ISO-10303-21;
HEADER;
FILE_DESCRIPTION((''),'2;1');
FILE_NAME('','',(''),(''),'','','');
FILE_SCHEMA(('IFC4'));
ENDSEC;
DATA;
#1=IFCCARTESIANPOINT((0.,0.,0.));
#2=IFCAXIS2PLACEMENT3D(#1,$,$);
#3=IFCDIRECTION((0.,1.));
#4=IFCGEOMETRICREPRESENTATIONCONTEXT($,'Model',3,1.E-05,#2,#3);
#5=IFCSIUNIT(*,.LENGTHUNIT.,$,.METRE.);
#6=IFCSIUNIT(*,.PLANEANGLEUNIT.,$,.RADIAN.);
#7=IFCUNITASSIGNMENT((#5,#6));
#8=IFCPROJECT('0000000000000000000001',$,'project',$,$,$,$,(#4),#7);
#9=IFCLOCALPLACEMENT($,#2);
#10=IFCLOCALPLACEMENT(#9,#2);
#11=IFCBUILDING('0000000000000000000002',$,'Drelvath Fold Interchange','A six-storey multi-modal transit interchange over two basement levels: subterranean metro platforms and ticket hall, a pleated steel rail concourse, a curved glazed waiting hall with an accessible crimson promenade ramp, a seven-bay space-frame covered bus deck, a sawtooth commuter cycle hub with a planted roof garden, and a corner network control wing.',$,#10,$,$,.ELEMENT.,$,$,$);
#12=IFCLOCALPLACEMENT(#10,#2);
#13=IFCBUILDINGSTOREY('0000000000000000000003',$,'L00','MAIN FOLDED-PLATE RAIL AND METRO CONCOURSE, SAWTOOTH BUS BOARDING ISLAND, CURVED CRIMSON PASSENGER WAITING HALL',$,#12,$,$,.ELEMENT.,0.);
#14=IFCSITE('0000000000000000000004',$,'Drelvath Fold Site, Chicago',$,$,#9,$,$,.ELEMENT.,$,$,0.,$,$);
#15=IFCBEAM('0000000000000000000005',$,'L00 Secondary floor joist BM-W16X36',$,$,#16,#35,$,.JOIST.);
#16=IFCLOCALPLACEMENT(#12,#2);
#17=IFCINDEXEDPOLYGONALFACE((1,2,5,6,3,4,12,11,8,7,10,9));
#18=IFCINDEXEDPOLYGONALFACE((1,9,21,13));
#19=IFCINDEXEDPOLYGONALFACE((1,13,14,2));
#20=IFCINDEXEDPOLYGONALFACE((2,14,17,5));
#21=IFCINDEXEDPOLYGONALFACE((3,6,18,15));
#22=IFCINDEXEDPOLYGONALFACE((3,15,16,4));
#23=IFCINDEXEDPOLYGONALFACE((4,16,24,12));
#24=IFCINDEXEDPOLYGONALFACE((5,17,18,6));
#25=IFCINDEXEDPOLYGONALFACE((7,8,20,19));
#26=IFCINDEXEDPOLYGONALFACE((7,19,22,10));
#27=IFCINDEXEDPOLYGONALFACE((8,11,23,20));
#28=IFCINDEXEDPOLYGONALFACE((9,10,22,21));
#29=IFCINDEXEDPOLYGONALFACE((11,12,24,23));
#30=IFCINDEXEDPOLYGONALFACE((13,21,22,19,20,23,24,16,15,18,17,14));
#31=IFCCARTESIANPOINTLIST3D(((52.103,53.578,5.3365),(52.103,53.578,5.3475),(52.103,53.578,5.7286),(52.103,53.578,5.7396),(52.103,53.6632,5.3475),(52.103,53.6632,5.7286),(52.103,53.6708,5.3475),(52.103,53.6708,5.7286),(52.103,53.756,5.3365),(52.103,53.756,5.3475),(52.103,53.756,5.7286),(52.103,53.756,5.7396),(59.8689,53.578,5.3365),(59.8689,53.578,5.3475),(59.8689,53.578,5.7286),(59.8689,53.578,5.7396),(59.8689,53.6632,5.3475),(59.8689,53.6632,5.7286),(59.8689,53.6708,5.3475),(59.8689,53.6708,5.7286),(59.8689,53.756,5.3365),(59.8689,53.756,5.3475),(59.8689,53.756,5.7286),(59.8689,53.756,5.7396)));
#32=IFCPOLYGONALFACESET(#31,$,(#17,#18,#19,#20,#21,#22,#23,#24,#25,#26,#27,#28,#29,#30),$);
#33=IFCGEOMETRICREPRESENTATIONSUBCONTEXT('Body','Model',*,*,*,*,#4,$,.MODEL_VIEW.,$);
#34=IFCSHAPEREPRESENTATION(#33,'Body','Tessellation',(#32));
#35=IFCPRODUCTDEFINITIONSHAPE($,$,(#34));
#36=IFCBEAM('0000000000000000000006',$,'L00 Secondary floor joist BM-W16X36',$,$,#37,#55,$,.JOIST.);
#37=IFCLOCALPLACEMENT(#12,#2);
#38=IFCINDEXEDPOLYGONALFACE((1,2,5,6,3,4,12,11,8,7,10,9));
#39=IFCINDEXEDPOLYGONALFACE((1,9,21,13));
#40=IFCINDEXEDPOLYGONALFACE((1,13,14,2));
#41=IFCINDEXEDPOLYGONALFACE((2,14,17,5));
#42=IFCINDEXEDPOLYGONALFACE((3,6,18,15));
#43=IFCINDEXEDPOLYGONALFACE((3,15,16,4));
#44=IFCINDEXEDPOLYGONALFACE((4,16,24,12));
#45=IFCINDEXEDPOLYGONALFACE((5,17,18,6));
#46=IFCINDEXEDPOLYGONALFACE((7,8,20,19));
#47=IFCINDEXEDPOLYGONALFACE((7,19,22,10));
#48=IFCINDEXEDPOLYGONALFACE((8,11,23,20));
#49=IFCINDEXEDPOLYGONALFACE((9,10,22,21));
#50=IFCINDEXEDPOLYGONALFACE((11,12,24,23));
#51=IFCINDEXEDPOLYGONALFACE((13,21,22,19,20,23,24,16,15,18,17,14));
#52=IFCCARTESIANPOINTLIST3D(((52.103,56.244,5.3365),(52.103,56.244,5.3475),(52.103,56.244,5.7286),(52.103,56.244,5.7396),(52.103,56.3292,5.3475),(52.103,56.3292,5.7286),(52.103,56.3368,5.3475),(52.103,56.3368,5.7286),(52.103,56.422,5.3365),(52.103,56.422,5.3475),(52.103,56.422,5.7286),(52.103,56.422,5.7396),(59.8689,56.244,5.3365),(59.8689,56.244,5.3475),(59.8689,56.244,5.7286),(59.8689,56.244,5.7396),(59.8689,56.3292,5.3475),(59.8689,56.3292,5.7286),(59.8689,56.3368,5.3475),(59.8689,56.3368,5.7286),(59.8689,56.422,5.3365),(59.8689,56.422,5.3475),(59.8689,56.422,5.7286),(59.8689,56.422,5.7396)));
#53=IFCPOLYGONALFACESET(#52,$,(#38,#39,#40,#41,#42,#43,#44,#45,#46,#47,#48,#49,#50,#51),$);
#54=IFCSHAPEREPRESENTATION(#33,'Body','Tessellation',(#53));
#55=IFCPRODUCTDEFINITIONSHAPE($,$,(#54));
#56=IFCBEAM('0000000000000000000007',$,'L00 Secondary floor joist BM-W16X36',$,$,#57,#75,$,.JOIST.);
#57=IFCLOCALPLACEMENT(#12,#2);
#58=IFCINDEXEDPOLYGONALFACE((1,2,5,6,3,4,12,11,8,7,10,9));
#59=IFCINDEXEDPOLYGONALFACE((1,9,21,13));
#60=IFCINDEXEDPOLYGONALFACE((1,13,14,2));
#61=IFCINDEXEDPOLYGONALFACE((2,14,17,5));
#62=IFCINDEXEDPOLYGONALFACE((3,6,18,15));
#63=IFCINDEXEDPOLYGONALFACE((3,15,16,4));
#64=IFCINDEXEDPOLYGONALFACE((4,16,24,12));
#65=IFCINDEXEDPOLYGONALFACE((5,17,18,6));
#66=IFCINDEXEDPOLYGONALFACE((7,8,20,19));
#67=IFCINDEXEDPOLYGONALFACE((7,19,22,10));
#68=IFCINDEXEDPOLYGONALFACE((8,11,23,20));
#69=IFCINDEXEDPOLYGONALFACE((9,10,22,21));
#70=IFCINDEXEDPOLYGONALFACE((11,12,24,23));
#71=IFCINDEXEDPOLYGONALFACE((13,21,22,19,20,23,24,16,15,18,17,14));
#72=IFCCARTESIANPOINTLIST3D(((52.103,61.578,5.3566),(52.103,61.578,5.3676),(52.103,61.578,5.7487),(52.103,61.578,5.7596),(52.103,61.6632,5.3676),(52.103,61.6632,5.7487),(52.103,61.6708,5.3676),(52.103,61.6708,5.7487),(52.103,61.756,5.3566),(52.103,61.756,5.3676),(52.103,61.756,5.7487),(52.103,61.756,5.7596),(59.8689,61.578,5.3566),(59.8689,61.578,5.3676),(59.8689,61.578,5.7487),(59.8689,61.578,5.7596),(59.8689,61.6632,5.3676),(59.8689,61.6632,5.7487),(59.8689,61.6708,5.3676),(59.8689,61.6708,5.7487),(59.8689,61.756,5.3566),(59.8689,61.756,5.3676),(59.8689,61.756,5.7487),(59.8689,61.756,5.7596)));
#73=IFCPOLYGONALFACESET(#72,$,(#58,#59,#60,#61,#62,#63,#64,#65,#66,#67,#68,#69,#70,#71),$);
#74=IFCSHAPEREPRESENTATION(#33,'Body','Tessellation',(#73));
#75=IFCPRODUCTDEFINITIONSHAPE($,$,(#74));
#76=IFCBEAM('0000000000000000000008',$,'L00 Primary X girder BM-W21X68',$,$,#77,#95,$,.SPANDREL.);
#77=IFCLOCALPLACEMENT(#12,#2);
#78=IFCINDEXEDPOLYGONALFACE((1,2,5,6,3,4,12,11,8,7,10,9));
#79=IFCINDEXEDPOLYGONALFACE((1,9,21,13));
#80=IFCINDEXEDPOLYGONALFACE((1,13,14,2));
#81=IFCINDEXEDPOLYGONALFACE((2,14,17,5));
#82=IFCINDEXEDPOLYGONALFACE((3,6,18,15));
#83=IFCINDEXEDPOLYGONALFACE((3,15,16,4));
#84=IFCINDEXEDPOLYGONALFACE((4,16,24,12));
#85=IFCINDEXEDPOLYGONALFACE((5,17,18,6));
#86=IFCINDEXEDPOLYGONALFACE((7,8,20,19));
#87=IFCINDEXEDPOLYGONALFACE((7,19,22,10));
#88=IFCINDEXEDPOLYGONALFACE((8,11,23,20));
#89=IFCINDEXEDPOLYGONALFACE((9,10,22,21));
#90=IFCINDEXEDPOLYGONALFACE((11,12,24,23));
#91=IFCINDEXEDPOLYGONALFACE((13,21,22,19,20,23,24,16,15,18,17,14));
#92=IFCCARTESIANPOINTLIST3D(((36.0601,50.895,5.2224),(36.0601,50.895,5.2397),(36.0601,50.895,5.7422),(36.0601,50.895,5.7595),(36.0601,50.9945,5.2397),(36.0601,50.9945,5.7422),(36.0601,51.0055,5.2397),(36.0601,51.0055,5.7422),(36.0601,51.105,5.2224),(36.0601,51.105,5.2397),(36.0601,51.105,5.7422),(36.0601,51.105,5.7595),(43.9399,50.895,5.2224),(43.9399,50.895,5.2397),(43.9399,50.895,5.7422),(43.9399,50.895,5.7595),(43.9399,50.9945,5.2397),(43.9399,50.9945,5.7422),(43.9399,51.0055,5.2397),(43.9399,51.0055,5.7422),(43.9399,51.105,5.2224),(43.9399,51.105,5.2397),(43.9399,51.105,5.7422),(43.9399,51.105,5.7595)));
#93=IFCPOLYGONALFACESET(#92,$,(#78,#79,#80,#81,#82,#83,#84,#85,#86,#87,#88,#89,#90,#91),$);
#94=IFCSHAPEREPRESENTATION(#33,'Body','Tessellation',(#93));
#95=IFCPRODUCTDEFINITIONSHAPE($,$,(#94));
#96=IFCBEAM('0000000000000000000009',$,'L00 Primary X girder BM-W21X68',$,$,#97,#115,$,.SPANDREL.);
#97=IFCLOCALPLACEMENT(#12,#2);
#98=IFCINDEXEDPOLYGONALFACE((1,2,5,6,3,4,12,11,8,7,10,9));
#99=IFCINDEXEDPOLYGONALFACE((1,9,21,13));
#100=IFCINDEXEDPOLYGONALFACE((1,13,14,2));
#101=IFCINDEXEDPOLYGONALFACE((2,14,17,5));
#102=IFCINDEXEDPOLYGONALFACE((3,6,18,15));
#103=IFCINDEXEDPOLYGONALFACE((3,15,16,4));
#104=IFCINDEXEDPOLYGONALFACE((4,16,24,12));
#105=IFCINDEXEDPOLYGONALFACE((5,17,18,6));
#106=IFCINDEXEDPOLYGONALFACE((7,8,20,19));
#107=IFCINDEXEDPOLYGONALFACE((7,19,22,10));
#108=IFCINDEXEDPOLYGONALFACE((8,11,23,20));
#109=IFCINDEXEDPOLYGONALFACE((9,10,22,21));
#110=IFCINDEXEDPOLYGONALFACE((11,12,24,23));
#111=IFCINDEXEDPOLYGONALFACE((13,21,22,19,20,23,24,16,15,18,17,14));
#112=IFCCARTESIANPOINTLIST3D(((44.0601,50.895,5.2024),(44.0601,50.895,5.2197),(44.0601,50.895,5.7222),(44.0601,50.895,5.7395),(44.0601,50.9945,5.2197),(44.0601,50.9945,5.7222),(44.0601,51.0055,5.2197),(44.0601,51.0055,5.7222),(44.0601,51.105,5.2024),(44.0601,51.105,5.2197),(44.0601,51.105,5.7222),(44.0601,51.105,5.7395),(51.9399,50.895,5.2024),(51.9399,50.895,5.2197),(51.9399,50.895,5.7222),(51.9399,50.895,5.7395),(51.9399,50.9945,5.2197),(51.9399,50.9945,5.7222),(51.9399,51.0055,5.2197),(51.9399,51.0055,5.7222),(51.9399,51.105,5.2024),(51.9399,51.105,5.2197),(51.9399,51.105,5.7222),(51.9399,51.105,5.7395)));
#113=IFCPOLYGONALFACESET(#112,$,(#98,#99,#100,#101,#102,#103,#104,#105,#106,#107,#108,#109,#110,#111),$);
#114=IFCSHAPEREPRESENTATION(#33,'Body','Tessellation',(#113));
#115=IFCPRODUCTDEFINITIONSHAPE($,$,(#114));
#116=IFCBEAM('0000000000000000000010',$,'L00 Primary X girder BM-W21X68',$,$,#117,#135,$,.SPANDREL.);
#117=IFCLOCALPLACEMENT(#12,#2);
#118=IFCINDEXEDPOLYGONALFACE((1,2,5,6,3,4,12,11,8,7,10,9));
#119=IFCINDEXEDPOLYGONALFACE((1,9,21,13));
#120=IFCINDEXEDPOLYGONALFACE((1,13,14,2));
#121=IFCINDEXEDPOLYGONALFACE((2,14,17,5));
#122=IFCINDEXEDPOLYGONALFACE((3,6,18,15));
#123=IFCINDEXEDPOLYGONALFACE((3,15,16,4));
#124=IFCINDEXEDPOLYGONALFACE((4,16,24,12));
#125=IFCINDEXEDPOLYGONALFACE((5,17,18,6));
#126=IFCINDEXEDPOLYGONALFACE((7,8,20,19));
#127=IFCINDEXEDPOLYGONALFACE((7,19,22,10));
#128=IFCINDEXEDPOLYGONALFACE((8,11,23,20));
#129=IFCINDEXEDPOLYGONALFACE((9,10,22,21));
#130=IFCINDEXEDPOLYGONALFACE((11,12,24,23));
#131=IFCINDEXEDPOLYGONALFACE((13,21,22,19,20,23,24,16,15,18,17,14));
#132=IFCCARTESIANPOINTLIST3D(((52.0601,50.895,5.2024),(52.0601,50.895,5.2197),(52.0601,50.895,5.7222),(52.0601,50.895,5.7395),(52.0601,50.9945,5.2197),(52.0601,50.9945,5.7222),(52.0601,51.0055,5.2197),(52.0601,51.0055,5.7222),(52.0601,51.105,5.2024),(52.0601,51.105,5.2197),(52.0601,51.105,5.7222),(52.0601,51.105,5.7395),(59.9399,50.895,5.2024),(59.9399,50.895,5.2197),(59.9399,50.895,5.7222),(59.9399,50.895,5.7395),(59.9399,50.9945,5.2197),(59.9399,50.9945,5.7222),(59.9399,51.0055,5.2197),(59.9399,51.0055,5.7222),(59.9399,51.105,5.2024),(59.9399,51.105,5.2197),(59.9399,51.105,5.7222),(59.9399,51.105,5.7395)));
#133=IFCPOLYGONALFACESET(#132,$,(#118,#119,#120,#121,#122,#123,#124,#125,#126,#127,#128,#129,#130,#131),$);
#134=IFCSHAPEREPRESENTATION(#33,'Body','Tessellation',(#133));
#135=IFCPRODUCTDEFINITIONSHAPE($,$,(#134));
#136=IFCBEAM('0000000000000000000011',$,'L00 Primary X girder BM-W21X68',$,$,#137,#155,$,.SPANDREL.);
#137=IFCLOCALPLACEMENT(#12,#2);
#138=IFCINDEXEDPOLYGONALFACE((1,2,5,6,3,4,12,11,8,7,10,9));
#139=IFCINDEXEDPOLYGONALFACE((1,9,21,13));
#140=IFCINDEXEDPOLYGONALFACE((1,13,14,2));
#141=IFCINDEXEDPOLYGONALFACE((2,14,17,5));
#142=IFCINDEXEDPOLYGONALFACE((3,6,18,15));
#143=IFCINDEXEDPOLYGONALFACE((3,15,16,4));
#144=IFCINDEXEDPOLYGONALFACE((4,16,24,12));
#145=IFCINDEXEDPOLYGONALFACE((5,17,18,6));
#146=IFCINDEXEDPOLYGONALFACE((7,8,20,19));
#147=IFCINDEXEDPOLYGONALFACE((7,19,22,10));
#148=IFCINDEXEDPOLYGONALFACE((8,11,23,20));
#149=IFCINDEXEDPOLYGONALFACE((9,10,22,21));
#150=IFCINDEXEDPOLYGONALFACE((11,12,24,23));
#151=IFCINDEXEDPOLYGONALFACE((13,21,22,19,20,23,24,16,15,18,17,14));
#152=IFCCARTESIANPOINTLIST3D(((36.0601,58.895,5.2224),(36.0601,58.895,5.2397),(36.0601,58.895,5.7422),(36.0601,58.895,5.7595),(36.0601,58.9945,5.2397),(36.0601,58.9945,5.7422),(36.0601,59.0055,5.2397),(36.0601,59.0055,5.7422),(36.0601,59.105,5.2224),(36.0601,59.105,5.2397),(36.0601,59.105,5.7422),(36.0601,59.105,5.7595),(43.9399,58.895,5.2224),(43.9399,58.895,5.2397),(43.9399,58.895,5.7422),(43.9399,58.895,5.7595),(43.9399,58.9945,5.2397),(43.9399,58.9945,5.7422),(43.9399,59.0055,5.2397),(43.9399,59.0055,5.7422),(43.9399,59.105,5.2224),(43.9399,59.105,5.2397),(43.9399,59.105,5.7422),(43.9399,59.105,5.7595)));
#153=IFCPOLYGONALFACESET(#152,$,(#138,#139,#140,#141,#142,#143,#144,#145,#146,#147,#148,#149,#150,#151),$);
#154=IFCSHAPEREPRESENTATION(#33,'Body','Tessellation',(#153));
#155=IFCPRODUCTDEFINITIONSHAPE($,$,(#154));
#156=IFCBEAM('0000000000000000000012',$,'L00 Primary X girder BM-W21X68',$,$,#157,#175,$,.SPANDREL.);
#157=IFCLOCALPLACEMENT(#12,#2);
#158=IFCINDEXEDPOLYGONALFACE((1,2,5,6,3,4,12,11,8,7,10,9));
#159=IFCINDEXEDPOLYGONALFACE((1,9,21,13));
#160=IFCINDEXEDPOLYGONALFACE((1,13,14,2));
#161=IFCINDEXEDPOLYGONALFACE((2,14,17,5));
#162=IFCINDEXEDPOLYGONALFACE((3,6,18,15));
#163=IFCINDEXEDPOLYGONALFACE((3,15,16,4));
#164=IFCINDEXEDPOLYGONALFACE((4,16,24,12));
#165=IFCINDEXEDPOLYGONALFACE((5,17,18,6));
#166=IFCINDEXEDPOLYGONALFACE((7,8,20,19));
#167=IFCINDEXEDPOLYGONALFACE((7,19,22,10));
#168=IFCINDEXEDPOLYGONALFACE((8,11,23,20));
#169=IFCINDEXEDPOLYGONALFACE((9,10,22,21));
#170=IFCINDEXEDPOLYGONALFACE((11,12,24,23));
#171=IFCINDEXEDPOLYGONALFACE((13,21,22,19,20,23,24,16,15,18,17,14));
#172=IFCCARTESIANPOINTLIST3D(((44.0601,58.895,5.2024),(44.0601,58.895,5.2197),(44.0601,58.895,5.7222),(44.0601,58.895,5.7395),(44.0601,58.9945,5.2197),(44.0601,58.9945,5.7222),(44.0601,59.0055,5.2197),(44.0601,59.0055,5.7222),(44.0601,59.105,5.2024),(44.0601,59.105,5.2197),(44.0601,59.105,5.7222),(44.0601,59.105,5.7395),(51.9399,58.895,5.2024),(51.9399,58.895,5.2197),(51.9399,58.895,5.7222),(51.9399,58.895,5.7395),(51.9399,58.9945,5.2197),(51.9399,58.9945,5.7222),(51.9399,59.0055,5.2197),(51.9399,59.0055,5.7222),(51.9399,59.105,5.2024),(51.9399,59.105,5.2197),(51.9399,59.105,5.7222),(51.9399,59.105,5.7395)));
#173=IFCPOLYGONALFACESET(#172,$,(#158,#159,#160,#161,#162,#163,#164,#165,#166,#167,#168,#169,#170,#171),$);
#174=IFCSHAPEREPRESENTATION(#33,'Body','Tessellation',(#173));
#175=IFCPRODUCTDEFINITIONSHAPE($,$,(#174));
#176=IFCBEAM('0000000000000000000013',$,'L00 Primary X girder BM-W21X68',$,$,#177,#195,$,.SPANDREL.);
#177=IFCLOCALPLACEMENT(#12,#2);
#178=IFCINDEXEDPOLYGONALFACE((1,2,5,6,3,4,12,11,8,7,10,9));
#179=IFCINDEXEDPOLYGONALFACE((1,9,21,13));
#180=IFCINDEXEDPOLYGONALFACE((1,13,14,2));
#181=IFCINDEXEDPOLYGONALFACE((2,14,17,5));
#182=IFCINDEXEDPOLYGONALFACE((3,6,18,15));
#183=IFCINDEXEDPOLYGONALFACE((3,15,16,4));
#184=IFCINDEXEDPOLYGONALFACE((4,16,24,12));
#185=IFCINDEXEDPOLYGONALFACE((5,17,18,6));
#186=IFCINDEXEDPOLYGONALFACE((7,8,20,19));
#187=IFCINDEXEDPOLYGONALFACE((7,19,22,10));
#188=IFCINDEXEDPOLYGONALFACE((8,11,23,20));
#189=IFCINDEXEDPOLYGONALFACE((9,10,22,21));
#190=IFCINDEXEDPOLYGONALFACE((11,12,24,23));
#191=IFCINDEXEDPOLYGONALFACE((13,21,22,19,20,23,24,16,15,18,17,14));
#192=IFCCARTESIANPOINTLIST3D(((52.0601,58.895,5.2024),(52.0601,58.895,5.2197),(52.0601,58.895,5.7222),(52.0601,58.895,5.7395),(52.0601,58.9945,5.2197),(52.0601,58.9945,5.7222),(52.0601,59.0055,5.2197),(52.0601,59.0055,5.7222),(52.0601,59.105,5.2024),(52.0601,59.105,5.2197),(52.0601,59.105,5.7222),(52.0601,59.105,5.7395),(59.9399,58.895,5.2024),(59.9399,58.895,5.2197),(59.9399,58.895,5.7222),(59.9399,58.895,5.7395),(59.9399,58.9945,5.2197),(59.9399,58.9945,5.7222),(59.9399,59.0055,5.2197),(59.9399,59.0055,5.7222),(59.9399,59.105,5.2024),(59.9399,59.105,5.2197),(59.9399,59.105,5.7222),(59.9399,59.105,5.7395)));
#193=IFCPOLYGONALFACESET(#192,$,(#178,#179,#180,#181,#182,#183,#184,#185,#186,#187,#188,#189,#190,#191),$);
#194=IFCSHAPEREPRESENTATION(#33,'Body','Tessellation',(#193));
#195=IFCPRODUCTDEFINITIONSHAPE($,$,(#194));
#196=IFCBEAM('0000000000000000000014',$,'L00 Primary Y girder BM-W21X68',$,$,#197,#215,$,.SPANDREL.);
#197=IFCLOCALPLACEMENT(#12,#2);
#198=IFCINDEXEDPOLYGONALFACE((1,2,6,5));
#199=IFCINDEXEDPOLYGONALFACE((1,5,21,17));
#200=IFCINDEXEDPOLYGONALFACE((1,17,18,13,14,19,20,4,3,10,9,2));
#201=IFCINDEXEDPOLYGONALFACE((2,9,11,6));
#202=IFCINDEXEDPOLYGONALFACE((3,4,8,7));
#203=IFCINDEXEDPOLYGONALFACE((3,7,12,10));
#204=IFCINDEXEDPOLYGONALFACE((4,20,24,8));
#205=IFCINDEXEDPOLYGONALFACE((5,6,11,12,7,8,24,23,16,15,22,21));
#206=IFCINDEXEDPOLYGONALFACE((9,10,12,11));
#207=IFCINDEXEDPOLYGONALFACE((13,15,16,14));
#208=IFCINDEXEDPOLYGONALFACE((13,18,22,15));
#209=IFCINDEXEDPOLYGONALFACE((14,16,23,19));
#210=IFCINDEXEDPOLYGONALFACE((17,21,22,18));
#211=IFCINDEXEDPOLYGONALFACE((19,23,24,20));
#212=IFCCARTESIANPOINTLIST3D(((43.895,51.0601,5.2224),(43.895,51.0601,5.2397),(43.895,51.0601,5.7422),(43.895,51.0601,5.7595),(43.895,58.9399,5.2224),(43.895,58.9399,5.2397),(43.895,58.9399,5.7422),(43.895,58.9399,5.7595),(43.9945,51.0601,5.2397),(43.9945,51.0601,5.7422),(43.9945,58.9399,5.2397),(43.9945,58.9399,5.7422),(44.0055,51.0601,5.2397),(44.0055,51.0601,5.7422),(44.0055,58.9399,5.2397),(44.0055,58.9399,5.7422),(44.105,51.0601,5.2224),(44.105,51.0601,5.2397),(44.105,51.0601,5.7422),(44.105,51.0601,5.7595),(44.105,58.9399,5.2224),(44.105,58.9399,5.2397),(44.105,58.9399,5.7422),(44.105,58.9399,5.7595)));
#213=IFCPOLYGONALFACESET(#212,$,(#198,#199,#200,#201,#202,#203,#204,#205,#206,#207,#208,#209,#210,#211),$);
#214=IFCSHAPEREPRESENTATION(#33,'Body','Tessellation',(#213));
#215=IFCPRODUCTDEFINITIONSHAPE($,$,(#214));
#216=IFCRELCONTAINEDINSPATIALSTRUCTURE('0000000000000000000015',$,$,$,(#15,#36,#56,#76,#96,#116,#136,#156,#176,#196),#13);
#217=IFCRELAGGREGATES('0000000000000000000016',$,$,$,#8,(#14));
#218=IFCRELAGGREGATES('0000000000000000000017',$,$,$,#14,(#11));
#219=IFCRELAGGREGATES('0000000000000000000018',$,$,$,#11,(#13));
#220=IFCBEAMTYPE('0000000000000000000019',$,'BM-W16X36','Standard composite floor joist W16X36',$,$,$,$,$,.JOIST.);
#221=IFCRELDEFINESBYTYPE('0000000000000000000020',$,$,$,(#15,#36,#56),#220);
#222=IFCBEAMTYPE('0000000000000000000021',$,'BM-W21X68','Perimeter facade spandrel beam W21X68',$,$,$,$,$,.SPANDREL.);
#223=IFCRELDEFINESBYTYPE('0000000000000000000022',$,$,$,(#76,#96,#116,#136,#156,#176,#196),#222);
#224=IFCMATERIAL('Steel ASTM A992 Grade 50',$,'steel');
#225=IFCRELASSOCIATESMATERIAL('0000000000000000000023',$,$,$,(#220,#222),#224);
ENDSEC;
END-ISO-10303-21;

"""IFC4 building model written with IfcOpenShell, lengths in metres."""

from ifc_helpers import new_model, si_unit, direction, frame, origin, origin_2d, place, context, subcontext, project, spatial, i_section, extrude, material, material_profile, profile_set, type_object, element, save


model = new_model("IFC4")

# Units and contexts
model_context = context("Model", 3, precision=1e-05, world=origin(), true_north=direction((0.0, 1.0)))
body_context = subcontext(model_context, "Body", "Model", "MODEL_VIEW")
ifc_project = project(units=[si_unit("LENGTHUNIT", "METRE"), si_unit("PLANEANGLEUNIT", "RADIAN")], contexts=[model_context])

# Site, building, storey
site_placement = place(None, origin())
site = spatial("IfcSite", under=ifc_project, at=site_placement, Name="Drelvath Fold Site, Chicago", CompositionType="ELEMENT", RefElevation=0.0)
building_placement = place(site_placement, origin())
building = spatial("IfcBuilding", under=site, at=building_placement, Name="Drelvath Fold Interchange", Description="A six-storey multi-modal transit interchange over two basement levels: subterranean metro platforms and ticket hall, a pleated steel rail concourse, a curved glazed waiting hall with an accessible crimson promenade ramp, a seven-bay space-frame covered bus deck, a sawtooth commuter cycle hub with a planted roof garden, and a corner network control wing.", CompositionType="ELEMENT")
storey_placement = place(building_placement, origin())
storey = spatial("IfcBuildingStorey", under=building, at=storey_placement, Name="L00", Description="MAIN FOLDED-PLATE RAIL AND METRO CONCOURSE, SAWTOOTH BUS BOARDING ISLAND, CURVED CRIMSON PASSENGER WAITING HALL", CompositionType="ELEMENT", Elevation=0.0)

# Shared definitions
ifc_material_1 = material(Name="Steel ASTM A992 Grade 50", Category="steel")

# Beams
ifc_material_profile_1 = material_profile(ifc_material_1, i_section(OverallWidth=0.178, OverallDepth=0.4031, WebThickness=0.0076, FlangeThickness=0.011, at=origin_2d()), Name="W16X36")
ifc_profile_set_1 = profile_set([ifc_material_profile_1], Name="Steel ASTM A992 Grade 50")
beam_type_1 = type_object("IfcBeamType", Name="BM-W16X36", Description="Standard composite floor joist W16X36", PredefinedType="JOIST", material=ifc_profile_set_1)
for number, where, z_axis, x_axis, name in (
    (1, (52.103, 53.667, 5.5381), (1.0, 0.0, 0.0), (0.0, 1.0, 0.0), "L00 Secondary floor joist BM-W16X36"),
    (2, (52.103, 56.333, 5.5381), (1.0, 0.0, 0.0), (0.0, 1.0, 0.0), "L00 Secondary floor joist BM-W16X36"),
    (3, (52.103, 61.667, 5.5581), (1.0, 0.0, 0.0), (0.0, 1.0, 0.0), "L00 Secondary floor joist BM-W16X36"),
):
    element("IfcBeam", number, at=place(storey_placement, frame(where, z_axis=z_axis, x_axis=x_axis)), inside=storey, type_object=beam_type_1, Name=name, PredefinedType="JOIST", context=body_context, shape_type="SweptSolid", body=[
        extrude(i_section(OverallWidth=0.178, OverallDepth=0.4031, WebThickness=0.0076, FlangeThickness=0.011, at=origin_2d()), origin(), (0.0, 0.0, 1.0), 7.7659),
    ])
ifc_material_profile_2 = material_profile(ifc_material_1, i_section(OverallWidth=0.21, OverallDepth=0.5371, WebThickness=0.011, FlangeThickness=0.0173, at=origin_2d()), Name="W21X68")
ifc_profile_set_2 = profile_set([ifc_material_profile_2], Name="Steel ASTM A992 Grade 50")
beam_type_2 = type_object("IfcBeamType", Name="BM-W21X68", Description="Perimeter facade spandrel beam W21X68", PredefinedType="SPANDREL", material=ifc_profile_set_2)
for number, where, z_axis, x_axis, name in (
    (4, (36.0601, 51.0, 5.491), (1.0, 0.0, 0.0), (0.0, 1.0, 0.0), "L00 Primary X girder BM-W21X68"),
    (5, (44.0601, 51.0, 5.4709), (1.0, 0.0, 0.0), (0.0, 1.0, 0.0), "L00 Primary X girder BM-W21X68"),
    (6, (52.0601, 51.0, 5.4709), (1.0, 0.0, 0.0), (0.0, 1.0, 0.0), "L00 Primary X girder BM-W21X68"),
    (7, (36.0601, 59.0, 5.491), (1.0, 0.0, 0.0), (0.0, 1.0, 0.0), "L00 Primary X girder BM-W21X68"),
    (8, (44.0601, 59.0, 5.4709), (1.0, 0.0, 0.0), (0.0, 1.0, 0.0), "L00 Primary X girder BM-W21X68"),
    (9, (52.0601, 59.0, 5.4709), (1.0, 0.0, 0.0), (0.0, 1.0, 0.0), "L00 Primary X girder BM-W21X68"),
    (10, (44.0, 51.0601, 5.491), (0.0, 1.0, 0.0), (-1.0, 0.0, 0.0), "L00 Primary Y girder BM-W21X68"),
):
    element("IfcBeam", number, at=place(storey_placement, frame(where, z_axis=z_axis, x_axis=x_axis)), inside=storey, type_object=beam_type_2, Name=name, PredefinedType="SPANDREL", context=body_context, shape_type="SweptSolid", body=[
        extrude(i_section(OverallWidth=0.21, OverallDepth=0.5371, WebThickness=0.011, FlangeThickness=0.0173, at=origin_2d()), origin(), (0.0, 0.0, 1.0), 7.8799),
    ])

save(model, "model.ifc")
